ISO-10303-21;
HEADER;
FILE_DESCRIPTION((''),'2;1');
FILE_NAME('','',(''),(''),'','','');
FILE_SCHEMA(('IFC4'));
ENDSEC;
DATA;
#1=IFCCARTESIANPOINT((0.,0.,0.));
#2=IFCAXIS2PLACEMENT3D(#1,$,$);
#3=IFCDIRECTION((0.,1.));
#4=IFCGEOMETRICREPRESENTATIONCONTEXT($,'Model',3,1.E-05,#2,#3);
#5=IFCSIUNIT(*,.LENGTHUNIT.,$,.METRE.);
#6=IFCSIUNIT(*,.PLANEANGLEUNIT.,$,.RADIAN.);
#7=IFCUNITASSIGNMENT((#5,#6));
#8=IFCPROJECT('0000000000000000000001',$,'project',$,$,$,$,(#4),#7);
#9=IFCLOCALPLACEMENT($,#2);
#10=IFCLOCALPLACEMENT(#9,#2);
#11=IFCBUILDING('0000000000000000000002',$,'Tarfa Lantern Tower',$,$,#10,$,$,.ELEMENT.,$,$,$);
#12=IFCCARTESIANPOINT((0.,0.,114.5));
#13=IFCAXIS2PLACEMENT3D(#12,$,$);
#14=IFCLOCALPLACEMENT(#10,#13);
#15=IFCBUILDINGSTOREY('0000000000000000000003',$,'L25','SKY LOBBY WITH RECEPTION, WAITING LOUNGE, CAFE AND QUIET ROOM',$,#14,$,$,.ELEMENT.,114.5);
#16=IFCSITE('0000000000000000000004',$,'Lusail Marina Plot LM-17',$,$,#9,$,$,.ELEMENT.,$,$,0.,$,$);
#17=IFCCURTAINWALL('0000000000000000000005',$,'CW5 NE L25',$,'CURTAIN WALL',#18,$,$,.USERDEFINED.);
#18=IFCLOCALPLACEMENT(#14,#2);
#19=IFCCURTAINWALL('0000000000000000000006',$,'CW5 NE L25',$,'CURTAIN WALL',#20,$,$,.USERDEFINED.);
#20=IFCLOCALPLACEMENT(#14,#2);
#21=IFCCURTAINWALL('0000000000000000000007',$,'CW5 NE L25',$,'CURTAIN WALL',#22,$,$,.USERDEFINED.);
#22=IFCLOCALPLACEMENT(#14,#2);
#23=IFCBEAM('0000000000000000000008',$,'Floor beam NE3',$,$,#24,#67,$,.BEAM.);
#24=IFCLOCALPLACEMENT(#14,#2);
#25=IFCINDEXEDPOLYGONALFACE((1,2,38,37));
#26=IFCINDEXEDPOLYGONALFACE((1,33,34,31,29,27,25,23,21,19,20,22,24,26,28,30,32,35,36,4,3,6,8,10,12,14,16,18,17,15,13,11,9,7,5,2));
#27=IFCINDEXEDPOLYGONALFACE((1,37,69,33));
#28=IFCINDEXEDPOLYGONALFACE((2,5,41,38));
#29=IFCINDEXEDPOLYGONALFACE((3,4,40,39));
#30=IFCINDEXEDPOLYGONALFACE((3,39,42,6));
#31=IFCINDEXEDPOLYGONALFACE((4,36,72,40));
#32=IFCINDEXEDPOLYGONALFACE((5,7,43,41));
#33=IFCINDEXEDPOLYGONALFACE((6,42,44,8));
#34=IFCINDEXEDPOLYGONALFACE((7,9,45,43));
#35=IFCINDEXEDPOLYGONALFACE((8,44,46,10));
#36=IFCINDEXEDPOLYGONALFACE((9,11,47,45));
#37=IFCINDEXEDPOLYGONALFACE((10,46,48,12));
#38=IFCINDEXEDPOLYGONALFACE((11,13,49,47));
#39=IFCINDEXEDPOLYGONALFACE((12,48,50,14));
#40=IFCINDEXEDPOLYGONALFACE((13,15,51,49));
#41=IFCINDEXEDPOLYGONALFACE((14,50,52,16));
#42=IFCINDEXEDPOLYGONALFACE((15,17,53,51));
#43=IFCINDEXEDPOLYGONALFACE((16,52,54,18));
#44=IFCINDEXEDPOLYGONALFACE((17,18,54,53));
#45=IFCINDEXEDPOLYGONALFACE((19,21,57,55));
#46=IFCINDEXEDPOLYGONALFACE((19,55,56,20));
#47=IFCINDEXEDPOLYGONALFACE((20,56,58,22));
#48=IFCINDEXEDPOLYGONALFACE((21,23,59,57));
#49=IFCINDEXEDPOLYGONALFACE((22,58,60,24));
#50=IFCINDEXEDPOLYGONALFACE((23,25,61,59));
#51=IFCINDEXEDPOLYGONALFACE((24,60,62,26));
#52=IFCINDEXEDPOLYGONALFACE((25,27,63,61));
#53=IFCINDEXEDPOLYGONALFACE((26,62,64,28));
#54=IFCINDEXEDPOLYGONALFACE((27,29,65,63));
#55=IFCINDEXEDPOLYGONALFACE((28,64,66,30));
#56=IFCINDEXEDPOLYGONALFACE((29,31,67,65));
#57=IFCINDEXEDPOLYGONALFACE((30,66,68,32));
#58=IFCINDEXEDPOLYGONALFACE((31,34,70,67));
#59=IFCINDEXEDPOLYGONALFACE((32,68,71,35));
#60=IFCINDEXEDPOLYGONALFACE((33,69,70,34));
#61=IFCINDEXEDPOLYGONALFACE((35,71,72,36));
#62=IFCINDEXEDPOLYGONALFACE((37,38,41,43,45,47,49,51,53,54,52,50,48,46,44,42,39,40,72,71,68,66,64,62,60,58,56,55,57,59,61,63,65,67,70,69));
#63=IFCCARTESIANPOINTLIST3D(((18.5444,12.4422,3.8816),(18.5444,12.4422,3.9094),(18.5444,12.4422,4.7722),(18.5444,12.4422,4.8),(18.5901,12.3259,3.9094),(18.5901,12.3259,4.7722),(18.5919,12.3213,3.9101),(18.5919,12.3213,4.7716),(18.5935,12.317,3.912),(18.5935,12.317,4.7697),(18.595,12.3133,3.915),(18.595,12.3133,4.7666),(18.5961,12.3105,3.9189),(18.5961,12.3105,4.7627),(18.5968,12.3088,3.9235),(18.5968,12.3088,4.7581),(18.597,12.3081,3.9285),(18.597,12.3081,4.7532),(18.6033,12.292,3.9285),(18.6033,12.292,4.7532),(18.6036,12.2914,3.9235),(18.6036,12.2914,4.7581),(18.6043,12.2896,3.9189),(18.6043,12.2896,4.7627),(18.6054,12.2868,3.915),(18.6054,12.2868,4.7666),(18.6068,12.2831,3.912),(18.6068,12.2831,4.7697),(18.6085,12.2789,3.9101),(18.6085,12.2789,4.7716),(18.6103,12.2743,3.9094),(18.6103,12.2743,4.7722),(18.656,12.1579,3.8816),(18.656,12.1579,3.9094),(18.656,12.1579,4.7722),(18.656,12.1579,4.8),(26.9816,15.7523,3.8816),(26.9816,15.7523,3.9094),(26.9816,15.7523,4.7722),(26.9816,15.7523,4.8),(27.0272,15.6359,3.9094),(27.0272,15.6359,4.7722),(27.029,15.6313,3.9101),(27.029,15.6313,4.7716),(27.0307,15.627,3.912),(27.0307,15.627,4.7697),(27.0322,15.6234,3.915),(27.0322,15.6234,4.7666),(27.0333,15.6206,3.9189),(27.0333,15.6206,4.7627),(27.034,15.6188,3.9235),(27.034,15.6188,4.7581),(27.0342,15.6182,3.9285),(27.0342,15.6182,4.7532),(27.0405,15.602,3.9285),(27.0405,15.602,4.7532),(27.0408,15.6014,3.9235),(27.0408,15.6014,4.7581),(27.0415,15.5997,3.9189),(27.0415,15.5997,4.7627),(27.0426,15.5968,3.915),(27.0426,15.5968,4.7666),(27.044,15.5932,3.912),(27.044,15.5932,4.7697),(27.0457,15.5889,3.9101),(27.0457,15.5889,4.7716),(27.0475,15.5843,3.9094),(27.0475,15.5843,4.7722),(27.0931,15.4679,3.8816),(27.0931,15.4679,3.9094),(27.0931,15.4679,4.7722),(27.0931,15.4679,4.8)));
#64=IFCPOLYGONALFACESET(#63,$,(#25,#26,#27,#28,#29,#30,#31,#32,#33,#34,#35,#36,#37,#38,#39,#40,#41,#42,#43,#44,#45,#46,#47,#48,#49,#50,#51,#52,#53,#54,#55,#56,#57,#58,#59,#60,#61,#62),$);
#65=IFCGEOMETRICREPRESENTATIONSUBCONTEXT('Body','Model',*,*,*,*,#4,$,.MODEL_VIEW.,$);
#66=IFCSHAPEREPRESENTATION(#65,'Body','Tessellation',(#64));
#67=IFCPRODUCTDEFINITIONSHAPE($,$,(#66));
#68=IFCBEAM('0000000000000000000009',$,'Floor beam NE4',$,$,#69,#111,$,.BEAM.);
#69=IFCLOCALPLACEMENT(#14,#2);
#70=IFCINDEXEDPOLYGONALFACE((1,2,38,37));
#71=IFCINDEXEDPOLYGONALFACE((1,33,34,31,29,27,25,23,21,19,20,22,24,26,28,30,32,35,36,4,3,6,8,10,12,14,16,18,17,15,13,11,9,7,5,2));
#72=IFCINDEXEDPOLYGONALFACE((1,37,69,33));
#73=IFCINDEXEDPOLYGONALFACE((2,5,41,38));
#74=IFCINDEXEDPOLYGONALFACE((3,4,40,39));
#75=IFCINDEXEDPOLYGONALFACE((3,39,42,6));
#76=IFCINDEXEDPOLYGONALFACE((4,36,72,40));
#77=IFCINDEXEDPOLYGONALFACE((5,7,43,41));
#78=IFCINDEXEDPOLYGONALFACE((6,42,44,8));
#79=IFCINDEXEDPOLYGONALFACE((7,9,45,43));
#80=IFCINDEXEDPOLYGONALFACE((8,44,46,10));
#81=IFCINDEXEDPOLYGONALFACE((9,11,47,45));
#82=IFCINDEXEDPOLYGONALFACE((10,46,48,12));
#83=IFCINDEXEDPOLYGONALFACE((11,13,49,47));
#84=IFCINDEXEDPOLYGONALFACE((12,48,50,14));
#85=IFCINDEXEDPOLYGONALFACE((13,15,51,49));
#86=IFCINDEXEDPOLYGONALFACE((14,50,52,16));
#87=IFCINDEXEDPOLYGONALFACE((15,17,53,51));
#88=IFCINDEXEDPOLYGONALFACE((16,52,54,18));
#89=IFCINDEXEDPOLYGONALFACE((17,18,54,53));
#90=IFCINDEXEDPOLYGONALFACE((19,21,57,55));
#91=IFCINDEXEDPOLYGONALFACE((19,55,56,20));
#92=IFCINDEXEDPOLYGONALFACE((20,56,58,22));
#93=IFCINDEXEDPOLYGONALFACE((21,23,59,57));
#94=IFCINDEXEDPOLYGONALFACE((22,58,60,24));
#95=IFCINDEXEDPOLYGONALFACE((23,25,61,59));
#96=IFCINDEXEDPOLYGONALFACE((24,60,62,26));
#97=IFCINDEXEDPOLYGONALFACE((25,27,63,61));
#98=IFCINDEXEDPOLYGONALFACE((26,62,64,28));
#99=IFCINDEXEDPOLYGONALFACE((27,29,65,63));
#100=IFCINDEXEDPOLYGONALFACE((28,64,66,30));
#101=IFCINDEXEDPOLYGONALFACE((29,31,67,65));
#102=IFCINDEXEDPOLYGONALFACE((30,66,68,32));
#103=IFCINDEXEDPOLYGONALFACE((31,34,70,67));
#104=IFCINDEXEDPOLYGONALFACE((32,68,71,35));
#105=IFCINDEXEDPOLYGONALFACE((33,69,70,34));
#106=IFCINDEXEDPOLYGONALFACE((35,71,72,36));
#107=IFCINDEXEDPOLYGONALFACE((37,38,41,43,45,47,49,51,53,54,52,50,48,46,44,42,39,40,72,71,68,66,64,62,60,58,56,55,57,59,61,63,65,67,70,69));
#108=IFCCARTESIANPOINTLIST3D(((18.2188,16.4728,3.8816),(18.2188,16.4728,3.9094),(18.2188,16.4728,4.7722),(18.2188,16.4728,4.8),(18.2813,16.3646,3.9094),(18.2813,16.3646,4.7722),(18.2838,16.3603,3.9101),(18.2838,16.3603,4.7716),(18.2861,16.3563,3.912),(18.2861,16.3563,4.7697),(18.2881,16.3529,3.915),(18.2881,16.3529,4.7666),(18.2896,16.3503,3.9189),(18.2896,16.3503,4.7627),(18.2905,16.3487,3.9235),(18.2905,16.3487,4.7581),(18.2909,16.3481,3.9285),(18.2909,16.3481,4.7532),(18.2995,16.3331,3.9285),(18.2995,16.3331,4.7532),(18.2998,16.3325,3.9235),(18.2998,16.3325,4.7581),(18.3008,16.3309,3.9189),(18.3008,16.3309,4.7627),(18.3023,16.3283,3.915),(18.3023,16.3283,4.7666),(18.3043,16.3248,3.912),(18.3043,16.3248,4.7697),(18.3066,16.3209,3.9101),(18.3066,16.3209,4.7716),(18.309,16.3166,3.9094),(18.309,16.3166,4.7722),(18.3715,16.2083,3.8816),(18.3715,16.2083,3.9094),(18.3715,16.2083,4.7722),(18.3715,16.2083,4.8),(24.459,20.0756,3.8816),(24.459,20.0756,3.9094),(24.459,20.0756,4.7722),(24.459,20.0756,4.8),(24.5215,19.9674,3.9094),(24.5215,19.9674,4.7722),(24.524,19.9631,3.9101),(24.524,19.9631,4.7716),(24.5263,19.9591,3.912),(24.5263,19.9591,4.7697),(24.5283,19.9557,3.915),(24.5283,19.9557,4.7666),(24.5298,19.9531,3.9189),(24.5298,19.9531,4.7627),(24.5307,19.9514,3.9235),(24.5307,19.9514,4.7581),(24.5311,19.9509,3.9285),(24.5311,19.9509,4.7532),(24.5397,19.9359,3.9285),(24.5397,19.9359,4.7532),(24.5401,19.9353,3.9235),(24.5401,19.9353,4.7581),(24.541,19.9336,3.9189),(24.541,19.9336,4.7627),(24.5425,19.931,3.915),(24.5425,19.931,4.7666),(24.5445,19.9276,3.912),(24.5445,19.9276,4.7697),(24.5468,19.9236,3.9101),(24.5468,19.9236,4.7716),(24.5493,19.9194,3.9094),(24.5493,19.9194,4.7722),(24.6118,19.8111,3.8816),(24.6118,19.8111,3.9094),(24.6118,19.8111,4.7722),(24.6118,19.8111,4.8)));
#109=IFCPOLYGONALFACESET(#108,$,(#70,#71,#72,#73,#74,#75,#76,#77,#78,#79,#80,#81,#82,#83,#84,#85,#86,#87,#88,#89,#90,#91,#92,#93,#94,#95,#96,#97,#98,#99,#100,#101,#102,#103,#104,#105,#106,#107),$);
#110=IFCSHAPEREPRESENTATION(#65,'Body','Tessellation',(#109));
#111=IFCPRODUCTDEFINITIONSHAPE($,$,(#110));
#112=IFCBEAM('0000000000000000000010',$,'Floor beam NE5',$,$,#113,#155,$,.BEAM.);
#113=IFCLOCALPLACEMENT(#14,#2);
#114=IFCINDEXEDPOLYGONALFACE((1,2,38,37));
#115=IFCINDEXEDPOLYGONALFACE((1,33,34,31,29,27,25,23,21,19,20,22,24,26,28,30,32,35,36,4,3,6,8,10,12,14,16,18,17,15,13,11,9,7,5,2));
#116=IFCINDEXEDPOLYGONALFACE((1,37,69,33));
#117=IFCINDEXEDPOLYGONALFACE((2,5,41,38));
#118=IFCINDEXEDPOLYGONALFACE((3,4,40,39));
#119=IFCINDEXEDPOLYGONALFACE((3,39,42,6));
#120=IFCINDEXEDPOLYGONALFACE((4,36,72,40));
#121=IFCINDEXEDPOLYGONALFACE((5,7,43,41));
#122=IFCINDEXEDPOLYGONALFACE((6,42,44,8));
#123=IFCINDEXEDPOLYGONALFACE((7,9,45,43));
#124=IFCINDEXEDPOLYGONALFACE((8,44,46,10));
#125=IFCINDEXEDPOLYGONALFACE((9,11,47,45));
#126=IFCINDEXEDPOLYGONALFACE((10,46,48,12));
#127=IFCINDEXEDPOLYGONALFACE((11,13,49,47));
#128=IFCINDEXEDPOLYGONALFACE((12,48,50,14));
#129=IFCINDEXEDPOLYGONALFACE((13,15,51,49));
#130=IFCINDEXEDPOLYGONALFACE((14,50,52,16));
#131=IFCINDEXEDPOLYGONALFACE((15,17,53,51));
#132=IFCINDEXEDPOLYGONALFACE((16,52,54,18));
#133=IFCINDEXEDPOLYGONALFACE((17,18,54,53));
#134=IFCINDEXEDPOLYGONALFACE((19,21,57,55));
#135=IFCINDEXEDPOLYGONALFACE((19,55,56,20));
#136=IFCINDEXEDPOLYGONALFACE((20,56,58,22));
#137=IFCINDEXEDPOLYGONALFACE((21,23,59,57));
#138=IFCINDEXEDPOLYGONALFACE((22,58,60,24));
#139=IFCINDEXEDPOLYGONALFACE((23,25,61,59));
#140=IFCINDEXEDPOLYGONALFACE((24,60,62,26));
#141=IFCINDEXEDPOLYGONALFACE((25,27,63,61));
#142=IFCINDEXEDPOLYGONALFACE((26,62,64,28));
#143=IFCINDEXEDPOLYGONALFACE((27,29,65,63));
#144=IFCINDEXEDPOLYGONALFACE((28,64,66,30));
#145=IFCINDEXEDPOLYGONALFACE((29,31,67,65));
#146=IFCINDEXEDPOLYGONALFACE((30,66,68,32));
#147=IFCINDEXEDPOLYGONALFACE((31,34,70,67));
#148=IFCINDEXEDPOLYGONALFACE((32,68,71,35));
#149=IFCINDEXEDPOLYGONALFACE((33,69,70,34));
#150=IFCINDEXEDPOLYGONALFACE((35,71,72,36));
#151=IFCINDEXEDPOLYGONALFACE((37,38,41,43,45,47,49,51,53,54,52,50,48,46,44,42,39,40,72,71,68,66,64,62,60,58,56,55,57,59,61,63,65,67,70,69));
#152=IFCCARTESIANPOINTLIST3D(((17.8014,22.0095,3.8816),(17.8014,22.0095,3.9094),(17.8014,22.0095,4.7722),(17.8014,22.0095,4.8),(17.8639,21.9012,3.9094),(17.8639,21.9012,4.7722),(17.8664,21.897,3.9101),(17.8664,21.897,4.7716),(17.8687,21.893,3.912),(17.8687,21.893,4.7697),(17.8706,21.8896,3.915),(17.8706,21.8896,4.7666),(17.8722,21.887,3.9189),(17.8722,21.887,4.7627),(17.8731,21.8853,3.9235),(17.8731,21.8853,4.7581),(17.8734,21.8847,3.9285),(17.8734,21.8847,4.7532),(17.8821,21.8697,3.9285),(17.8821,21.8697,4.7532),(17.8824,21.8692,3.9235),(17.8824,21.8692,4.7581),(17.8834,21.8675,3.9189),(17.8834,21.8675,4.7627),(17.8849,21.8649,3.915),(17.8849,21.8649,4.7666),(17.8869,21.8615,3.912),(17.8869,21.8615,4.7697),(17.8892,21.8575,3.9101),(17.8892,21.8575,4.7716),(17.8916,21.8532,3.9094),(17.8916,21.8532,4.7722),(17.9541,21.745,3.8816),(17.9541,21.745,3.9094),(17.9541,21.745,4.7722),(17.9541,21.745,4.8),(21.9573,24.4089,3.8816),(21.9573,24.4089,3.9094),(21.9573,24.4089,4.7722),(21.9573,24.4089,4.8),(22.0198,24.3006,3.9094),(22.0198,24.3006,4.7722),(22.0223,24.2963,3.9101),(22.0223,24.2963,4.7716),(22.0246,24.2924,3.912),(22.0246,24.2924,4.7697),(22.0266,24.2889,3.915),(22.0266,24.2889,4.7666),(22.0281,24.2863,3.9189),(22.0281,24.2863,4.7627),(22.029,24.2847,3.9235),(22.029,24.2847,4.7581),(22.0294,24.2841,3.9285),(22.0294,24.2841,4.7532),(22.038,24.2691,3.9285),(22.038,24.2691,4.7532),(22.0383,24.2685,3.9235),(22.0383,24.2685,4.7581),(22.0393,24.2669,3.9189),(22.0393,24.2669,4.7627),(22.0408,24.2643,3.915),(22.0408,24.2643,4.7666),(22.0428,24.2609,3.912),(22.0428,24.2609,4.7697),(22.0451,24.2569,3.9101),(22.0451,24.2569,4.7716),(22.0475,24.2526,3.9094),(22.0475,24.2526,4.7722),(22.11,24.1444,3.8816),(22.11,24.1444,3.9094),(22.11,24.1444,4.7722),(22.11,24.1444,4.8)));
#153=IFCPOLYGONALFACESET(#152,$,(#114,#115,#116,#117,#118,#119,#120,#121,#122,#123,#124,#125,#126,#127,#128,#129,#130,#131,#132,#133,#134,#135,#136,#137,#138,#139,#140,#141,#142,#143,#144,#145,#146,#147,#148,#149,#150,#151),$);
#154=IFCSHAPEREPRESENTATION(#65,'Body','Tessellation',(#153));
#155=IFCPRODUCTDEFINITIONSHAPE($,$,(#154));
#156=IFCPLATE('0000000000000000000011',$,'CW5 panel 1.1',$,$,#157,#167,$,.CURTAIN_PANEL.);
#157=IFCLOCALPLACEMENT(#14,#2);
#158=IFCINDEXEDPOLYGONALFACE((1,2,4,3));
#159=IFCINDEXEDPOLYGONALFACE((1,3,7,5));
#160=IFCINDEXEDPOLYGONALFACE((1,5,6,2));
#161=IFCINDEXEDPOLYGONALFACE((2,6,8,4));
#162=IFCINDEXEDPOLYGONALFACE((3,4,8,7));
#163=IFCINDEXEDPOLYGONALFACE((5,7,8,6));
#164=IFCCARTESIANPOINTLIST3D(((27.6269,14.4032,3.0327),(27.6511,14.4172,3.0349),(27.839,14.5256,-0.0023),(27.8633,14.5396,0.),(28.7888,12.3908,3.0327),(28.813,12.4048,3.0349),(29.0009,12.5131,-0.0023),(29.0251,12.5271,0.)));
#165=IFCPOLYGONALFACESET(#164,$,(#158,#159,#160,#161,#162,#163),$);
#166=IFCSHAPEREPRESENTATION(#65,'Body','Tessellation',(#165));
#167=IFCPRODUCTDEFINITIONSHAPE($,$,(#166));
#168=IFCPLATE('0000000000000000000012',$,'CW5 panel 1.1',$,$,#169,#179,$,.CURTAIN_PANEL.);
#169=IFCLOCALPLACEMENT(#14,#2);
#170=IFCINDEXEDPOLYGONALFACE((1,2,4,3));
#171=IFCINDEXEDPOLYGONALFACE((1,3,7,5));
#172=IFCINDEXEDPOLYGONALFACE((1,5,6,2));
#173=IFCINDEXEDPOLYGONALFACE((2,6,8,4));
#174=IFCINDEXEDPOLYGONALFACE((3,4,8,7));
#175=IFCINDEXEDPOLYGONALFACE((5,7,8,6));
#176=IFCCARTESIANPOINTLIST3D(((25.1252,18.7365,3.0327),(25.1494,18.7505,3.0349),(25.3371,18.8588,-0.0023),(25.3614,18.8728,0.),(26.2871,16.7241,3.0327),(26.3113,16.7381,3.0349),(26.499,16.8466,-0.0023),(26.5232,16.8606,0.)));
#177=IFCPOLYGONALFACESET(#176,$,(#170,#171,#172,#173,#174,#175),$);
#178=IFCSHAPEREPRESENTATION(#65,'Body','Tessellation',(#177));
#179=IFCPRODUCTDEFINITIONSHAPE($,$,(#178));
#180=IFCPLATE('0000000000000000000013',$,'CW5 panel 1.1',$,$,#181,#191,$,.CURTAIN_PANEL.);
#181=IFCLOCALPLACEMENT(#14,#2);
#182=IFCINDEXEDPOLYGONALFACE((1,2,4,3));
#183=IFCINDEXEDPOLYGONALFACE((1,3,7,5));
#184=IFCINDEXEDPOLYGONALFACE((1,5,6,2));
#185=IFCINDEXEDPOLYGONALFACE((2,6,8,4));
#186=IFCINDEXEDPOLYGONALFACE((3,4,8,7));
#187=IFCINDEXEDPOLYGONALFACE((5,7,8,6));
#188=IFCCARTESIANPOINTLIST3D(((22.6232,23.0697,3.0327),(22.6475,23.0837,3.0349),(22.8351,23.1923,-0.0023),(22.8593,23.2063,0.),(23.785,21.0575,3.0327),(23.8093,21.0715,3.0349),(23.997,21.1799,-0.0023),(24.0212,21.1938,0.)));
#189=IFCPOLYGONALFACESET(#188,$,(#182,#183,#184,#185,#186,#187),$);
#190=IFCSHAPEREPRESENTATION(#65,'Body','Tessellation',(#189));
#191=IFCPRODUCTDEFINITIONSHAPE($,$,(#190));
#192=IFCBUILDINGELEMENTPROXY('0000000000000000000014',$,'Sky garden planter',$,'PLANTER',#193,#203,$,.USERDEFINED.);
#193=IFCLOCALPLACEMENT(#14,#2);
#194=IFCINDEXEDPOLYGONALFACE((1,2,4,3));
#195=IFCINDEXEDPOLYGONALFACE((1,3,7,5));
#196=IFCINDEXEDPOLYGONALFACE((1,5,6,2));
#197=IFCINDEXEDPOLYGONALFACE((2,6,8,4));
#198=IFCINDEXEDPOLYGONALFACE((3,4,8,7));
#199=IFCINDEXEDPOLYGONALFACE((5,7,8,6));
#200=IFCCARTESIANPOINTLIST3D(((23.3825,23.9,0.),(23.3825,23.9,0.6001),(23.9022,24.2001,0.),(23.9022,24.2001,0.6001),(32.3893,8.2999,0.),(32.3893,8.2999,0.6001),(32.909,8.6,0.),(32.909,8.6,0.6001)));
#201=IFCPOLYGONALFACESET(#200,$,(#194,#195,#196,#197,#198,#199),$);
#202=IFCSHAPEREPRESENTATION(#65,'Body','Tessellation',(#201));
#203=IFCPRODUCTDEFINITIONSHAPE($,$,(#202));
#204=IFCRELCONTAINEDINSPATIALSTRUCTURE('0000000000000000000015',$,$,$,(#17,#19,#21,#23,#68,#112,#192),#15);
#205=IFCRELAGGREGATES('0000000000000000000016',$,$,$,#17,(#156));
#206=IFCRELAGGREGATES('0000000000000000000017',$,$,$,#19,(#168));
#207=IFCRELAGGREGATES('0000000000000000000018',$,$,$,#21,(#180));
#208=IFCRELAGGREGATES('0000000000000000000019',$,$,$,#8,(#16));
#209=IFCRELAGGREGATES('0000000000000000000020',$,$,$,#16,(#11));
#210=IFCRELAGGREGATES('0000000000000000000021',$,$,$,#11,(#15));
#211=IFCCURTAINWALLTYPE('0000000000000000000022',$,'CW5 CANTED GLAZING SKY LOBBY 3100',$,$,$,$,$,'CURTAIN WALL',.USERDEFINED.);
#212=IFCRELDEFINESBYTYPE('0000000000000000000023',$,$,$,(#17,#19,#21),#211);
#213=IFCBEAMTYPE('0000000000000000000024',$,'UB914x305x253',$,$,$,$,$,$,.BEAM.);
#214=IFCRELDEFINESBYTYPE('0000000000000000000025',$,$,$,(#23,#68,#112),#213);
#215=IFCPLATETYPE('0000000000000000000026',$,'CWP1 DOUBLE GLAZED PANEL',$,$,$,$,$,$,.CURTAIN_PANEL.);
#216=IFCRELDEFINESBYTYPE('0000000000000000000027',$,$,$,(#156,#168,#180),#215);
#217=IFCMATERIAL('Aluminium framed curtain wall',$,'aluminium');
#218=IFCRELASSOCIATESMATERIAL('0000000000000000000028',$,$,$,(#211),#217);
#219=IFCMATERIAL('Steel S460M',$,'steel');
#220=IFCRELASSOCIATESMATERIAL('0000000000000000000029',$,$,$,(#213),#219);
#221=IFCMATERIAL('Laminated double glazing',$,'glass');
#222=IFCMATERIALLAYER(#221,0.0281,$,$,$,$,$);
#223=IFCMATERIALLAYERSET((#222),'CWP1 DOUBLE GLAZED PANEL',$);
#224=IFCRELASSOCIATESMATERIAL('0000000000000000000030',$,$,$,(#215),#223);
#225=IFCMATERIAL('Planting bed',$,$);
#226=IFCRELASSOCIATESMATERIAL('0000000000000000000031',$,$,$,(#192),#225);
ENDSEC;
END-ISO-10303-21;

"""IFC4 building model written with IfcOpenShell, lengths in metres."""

from ifc_helpers import new_model, si_unit, direction, frame, origin, origin_2d, place, context, subcontext, project, spatial, polyline, rectangle, i_section, outline, extrude, material, layer, layer_set, material_profile, profile_set, type_object, element, aggregate, save


model = new_model("IFC4")

# Units and contexts
model_context = context("Model", 3, precision=1e-05, world=origin(), true_north=direction((0.0, 1.0)))
body_context = subcontext(model_context, "Body", "Model", "MODEL_VIEW")
ifc_project = project(units=[si_unit("LENGTHUNIT", "METRE"), si_unit("PLANEANGLEUNIT", "RADIAN")], contexts=[model_context])

# Site, building, storey
site_placement = place(None, origin())
site = spatial("IfcSite", under=ifc_project, at=site_placement, Name="Lusail Marina Plot LM-17", CompositionType="ELEMENT", RefElevation=0.0)
building_placement = place(site_placement, origin())
building = spatial("IfcBuilding", under=site, at=building_placement, Name="Tarfa Lantern Tower", CompositionType="ELEMENT")
storey_placement = place(building_placement, frame((0.0, 0.0, 114.5)))
storey = spatial("IfcBuildingStorey", under=building, at=storey_placement, Name="L25", Description="SKY LOBBY WITH RECEPTION, WAITING LOUNGE, CAFE AND QUIET ROOM", CompositionType="ELEMENT", Elevation=114.5)

# Curtain walls
ifc_material_1 = material(Name="Aluminium framed curtain wall", Category="aluminium")
curtain_wall_type = type_object("IfcCurtainWallType", Name="CW5 CANTED GLAZING SKY LOBBY 3100", ElementType="CURTAIN WALL", PredefinedType="USERDEFINED", material=ifc_material_1)
curtain_wall_1_placement = place(storey_placement, origin())
curtain_wall_1 = element("IfcCurtainWall", 1, at=curtain_wall_1_placement, inside=storey, type_object=curtain_wall_type, Name="CW5 NE L25", ObjectType="CURTAIN WALL", PredefinedType="USERDEFINED")
curtain_wall_2_placement = place(storey_placement, origin())
curtain_wall_2 = element("IfcCurtainWall", 2, at=curtain_wall_2_placement, inside=storey, type_object=curtain_wall_type, Name="CW5 NE L25", ObjectType="CURTAIN WALL", PredefinedType="USERDEFINED")
curtain_wall_3_placement = place(storey_placement, origin())
curtain_wall_3 = element("IfcCurtainWall", 3, at=curtain_wall_3_placement, inside=storey, type_object=curtain_wall_type, Name="CW5 NE L25", ObjectType="CURTAIN WALL", PredefinedType="USERDEFINED")

# Beams
ifc_material_2 = material(Name="Steel S460M", Category="steel")
ifc_material_profile_1 = material_profile(ifc_material_2, i_section(OverallWidth=0.3054, OverallDepth=0.9185, WebThickness=0.0173, FlangeThickness=0.0278, FilletRadius=0.019, at=origin_2d()), Name="UB914x305x253")
ifc_profile_set_1 = profile_set([ifc_material_profile_1], Name="Steel S460M")
beam_type_1 = type_object("IfcBeamType", Name="UB914x305x253", PredefinedType="BEAM", material=ifc_profile_set_1)
beam_1_placement = place(storey_placement, frame((27.0374, 15.6101, 4.3408), z_axis=(-0.930923, -0.365215, 0.0), x_axis=(0.365215, -0.930923, 0.0)))
element("IfcBeam", 4, at=beam_1_placement, inside=storey, type_object=beam_type_1, Name="Floor beam NE3", PredefinedType="BEAM", context=body_context, shape_type="SweptSolid", body=[
    extrude(i_section(OverallWidth=0.3054, OverallDepth=0.9185, WebThickness=0.0173, FlangeThickness=0.0278, FilletRadius=0.019, at=origin_2d()), origin(), (0.0, 0.0, 1.0), 9.0632),
])
beam_2_placement = place(storey_placement, frame((24.5354, 19.9434, 4.3408), z_axis=(-0.866026, -0.499998, 0.0), x_axis=(0.499998, -0.866026, 0.0)))
element("IfcBeam", 5, at=beam_2_placement, inside=storey, type_object=beam_type_1, Name="Floor beam NE4", PredefinedType="BEAM", context=body_context, shape_type="SweptSolid", body=[
    extrude(i_section(OverallWidth=0.3054, OverallDepth=0.9185, WebThickness=0.0173, FlangeThickness=0.0278, FilletRadius=0.019, at=origin_2d()), origin(), (0.0, 0.0, 1.0), 7.2056),
])
beam_3_placement = place(storey_placement, frame((22.0337, 24.2766, 4.3408), z_axis=(-0.866031, -0.499991, 0.0), x_axis=(0.499991, -0.866031, 0.0)))
element("IfcBeam", 6, at=beam_3_placement, inside=storey, type_object=beam_type_1, Name="Floor beam NE5", PredefinedType="BEAM", context=body_context, shape_type="SweptSolid", body=[
    extrude(i_section(OverallWidth=0.3054, OverallDepth=0.9185, WebThickness=0.0173, FlangeThickness=0.0278, FilletRadius=0.019, at=origin_2d()), origin(), (0.0, 0.0, 1.0), 4.7988),
])

# Plates
ifc_material_3 = material(Name="Laminated double glazing", Category="glass")
ifc_layer = layer(ifc_material_3, 0.0281)
ifc_layer_set = layer_set([ifc_layer], Name="CWP1 DOUBLE GLAZED PANEL")
plate_type = type_object("IfcPlateType", Name="CWP1 DOUBLE GLAZED PANEL", PredefinedType="CURTAIN_PANEL", material=ifc_layer_set)
plate_1_placement = place(storey_placement, frame((29.0251, 12.5271, 0.0), z_axis=(0.863224, 0.498372, 0.08043), x_axis=(-0.499992, 0.86603, 0.0)))
plate_1 = element("IfcPlate", 7, at=plate_1_placement, type_object=plate_type, Name="CW5 panel 1.1", PredefinedType="CURTAIN_PANEL", context=body_context, shape_type="SweptSolid", body=[
    extrude(outline(polyline([(0.0, 0.0), (2.3238, 0.0), (2.3239, 3.0448), (0.0001, 3.0448), (0.0, 0.0)])), origin(), (0.0, 0.0, -1.0), 0.0281),
])
aggregate(curtain_wall_1, [plate_1])
plate_2_placement = place(storey_placement, frame((26.5232, 16.8606, 0.0), z_axis=(0.863214, 0.498397, 0.080381), x_axis=(-0.500015, 0.866017, 0.000002)))
plate_2 = element("IfcPlate", 8, at=plate_2_placement, type_object=plate_type, Name="CW5 panel 1.1", PredefinedType="CURTAIN_PANEL", context=body_context, shape_type="SweptSolid", body=[
    extrude(outline(polyline([(0.0, 0.0), (2.3236, 0.0), (2.3236, 3.0448), (-0.0002, 3.0448), (0.0, 0.0)])), origin(), (0.0, 0.0, -1.0), 0.0281),
])
aggregate(curtain_wall_2, [plate_2])
plate_3_placement = place(storey_placement, frame((24.0212, 21.1938, 0.0), z_axis=(0.863214, 0.498397, 0.080381), x_axis=(-0.500015, 0.866017, -0.000002)))
plate_3 = element("IfcPlate", 9, at=plate_3_placement, type_object=plate_type, Name="CW5 panel 1.1", PredefinedType="CURTAIN_PANEL", context=body_context, shape_type="SweptSolid", body=[
    extrude(outline(polyline([(0.0, 0.0), (2.3238, 0.0), (2.3236, 3.0448), (0.0, 3.0448), (0.0, 0.0)])), origin(), (0.0, 0.0, -1.0), 0.0281),
])
aggregate(curtain_wall_3, [plate_3])

# Building element proxy
ifc_material_4 = material(Name="Planting bed")
proxy_placement = place(storey_placement, frame((28.1458, 16.25, 0.0), z_axis=(0.0, 0.0, 1.0), x_axis=(-0.5, 0.866025, 0.0)))
element("IfcBuildingElementProxy", 10, at=proxy_placement, inside=storey, material=ifc_material_4, Name="Sky garden planter", ObjectType="PLANTER", PredefinedType="USERDEFINED", context=body_context, shape_type="SweptSolid", body=[
    extrude(rectangle(XDim=18.0134, YDim=0.6001, at=origin_2d()), origin(), (0.0, 0.0, 1.0), 0.6001),
])

save(model, "model.ifc")
